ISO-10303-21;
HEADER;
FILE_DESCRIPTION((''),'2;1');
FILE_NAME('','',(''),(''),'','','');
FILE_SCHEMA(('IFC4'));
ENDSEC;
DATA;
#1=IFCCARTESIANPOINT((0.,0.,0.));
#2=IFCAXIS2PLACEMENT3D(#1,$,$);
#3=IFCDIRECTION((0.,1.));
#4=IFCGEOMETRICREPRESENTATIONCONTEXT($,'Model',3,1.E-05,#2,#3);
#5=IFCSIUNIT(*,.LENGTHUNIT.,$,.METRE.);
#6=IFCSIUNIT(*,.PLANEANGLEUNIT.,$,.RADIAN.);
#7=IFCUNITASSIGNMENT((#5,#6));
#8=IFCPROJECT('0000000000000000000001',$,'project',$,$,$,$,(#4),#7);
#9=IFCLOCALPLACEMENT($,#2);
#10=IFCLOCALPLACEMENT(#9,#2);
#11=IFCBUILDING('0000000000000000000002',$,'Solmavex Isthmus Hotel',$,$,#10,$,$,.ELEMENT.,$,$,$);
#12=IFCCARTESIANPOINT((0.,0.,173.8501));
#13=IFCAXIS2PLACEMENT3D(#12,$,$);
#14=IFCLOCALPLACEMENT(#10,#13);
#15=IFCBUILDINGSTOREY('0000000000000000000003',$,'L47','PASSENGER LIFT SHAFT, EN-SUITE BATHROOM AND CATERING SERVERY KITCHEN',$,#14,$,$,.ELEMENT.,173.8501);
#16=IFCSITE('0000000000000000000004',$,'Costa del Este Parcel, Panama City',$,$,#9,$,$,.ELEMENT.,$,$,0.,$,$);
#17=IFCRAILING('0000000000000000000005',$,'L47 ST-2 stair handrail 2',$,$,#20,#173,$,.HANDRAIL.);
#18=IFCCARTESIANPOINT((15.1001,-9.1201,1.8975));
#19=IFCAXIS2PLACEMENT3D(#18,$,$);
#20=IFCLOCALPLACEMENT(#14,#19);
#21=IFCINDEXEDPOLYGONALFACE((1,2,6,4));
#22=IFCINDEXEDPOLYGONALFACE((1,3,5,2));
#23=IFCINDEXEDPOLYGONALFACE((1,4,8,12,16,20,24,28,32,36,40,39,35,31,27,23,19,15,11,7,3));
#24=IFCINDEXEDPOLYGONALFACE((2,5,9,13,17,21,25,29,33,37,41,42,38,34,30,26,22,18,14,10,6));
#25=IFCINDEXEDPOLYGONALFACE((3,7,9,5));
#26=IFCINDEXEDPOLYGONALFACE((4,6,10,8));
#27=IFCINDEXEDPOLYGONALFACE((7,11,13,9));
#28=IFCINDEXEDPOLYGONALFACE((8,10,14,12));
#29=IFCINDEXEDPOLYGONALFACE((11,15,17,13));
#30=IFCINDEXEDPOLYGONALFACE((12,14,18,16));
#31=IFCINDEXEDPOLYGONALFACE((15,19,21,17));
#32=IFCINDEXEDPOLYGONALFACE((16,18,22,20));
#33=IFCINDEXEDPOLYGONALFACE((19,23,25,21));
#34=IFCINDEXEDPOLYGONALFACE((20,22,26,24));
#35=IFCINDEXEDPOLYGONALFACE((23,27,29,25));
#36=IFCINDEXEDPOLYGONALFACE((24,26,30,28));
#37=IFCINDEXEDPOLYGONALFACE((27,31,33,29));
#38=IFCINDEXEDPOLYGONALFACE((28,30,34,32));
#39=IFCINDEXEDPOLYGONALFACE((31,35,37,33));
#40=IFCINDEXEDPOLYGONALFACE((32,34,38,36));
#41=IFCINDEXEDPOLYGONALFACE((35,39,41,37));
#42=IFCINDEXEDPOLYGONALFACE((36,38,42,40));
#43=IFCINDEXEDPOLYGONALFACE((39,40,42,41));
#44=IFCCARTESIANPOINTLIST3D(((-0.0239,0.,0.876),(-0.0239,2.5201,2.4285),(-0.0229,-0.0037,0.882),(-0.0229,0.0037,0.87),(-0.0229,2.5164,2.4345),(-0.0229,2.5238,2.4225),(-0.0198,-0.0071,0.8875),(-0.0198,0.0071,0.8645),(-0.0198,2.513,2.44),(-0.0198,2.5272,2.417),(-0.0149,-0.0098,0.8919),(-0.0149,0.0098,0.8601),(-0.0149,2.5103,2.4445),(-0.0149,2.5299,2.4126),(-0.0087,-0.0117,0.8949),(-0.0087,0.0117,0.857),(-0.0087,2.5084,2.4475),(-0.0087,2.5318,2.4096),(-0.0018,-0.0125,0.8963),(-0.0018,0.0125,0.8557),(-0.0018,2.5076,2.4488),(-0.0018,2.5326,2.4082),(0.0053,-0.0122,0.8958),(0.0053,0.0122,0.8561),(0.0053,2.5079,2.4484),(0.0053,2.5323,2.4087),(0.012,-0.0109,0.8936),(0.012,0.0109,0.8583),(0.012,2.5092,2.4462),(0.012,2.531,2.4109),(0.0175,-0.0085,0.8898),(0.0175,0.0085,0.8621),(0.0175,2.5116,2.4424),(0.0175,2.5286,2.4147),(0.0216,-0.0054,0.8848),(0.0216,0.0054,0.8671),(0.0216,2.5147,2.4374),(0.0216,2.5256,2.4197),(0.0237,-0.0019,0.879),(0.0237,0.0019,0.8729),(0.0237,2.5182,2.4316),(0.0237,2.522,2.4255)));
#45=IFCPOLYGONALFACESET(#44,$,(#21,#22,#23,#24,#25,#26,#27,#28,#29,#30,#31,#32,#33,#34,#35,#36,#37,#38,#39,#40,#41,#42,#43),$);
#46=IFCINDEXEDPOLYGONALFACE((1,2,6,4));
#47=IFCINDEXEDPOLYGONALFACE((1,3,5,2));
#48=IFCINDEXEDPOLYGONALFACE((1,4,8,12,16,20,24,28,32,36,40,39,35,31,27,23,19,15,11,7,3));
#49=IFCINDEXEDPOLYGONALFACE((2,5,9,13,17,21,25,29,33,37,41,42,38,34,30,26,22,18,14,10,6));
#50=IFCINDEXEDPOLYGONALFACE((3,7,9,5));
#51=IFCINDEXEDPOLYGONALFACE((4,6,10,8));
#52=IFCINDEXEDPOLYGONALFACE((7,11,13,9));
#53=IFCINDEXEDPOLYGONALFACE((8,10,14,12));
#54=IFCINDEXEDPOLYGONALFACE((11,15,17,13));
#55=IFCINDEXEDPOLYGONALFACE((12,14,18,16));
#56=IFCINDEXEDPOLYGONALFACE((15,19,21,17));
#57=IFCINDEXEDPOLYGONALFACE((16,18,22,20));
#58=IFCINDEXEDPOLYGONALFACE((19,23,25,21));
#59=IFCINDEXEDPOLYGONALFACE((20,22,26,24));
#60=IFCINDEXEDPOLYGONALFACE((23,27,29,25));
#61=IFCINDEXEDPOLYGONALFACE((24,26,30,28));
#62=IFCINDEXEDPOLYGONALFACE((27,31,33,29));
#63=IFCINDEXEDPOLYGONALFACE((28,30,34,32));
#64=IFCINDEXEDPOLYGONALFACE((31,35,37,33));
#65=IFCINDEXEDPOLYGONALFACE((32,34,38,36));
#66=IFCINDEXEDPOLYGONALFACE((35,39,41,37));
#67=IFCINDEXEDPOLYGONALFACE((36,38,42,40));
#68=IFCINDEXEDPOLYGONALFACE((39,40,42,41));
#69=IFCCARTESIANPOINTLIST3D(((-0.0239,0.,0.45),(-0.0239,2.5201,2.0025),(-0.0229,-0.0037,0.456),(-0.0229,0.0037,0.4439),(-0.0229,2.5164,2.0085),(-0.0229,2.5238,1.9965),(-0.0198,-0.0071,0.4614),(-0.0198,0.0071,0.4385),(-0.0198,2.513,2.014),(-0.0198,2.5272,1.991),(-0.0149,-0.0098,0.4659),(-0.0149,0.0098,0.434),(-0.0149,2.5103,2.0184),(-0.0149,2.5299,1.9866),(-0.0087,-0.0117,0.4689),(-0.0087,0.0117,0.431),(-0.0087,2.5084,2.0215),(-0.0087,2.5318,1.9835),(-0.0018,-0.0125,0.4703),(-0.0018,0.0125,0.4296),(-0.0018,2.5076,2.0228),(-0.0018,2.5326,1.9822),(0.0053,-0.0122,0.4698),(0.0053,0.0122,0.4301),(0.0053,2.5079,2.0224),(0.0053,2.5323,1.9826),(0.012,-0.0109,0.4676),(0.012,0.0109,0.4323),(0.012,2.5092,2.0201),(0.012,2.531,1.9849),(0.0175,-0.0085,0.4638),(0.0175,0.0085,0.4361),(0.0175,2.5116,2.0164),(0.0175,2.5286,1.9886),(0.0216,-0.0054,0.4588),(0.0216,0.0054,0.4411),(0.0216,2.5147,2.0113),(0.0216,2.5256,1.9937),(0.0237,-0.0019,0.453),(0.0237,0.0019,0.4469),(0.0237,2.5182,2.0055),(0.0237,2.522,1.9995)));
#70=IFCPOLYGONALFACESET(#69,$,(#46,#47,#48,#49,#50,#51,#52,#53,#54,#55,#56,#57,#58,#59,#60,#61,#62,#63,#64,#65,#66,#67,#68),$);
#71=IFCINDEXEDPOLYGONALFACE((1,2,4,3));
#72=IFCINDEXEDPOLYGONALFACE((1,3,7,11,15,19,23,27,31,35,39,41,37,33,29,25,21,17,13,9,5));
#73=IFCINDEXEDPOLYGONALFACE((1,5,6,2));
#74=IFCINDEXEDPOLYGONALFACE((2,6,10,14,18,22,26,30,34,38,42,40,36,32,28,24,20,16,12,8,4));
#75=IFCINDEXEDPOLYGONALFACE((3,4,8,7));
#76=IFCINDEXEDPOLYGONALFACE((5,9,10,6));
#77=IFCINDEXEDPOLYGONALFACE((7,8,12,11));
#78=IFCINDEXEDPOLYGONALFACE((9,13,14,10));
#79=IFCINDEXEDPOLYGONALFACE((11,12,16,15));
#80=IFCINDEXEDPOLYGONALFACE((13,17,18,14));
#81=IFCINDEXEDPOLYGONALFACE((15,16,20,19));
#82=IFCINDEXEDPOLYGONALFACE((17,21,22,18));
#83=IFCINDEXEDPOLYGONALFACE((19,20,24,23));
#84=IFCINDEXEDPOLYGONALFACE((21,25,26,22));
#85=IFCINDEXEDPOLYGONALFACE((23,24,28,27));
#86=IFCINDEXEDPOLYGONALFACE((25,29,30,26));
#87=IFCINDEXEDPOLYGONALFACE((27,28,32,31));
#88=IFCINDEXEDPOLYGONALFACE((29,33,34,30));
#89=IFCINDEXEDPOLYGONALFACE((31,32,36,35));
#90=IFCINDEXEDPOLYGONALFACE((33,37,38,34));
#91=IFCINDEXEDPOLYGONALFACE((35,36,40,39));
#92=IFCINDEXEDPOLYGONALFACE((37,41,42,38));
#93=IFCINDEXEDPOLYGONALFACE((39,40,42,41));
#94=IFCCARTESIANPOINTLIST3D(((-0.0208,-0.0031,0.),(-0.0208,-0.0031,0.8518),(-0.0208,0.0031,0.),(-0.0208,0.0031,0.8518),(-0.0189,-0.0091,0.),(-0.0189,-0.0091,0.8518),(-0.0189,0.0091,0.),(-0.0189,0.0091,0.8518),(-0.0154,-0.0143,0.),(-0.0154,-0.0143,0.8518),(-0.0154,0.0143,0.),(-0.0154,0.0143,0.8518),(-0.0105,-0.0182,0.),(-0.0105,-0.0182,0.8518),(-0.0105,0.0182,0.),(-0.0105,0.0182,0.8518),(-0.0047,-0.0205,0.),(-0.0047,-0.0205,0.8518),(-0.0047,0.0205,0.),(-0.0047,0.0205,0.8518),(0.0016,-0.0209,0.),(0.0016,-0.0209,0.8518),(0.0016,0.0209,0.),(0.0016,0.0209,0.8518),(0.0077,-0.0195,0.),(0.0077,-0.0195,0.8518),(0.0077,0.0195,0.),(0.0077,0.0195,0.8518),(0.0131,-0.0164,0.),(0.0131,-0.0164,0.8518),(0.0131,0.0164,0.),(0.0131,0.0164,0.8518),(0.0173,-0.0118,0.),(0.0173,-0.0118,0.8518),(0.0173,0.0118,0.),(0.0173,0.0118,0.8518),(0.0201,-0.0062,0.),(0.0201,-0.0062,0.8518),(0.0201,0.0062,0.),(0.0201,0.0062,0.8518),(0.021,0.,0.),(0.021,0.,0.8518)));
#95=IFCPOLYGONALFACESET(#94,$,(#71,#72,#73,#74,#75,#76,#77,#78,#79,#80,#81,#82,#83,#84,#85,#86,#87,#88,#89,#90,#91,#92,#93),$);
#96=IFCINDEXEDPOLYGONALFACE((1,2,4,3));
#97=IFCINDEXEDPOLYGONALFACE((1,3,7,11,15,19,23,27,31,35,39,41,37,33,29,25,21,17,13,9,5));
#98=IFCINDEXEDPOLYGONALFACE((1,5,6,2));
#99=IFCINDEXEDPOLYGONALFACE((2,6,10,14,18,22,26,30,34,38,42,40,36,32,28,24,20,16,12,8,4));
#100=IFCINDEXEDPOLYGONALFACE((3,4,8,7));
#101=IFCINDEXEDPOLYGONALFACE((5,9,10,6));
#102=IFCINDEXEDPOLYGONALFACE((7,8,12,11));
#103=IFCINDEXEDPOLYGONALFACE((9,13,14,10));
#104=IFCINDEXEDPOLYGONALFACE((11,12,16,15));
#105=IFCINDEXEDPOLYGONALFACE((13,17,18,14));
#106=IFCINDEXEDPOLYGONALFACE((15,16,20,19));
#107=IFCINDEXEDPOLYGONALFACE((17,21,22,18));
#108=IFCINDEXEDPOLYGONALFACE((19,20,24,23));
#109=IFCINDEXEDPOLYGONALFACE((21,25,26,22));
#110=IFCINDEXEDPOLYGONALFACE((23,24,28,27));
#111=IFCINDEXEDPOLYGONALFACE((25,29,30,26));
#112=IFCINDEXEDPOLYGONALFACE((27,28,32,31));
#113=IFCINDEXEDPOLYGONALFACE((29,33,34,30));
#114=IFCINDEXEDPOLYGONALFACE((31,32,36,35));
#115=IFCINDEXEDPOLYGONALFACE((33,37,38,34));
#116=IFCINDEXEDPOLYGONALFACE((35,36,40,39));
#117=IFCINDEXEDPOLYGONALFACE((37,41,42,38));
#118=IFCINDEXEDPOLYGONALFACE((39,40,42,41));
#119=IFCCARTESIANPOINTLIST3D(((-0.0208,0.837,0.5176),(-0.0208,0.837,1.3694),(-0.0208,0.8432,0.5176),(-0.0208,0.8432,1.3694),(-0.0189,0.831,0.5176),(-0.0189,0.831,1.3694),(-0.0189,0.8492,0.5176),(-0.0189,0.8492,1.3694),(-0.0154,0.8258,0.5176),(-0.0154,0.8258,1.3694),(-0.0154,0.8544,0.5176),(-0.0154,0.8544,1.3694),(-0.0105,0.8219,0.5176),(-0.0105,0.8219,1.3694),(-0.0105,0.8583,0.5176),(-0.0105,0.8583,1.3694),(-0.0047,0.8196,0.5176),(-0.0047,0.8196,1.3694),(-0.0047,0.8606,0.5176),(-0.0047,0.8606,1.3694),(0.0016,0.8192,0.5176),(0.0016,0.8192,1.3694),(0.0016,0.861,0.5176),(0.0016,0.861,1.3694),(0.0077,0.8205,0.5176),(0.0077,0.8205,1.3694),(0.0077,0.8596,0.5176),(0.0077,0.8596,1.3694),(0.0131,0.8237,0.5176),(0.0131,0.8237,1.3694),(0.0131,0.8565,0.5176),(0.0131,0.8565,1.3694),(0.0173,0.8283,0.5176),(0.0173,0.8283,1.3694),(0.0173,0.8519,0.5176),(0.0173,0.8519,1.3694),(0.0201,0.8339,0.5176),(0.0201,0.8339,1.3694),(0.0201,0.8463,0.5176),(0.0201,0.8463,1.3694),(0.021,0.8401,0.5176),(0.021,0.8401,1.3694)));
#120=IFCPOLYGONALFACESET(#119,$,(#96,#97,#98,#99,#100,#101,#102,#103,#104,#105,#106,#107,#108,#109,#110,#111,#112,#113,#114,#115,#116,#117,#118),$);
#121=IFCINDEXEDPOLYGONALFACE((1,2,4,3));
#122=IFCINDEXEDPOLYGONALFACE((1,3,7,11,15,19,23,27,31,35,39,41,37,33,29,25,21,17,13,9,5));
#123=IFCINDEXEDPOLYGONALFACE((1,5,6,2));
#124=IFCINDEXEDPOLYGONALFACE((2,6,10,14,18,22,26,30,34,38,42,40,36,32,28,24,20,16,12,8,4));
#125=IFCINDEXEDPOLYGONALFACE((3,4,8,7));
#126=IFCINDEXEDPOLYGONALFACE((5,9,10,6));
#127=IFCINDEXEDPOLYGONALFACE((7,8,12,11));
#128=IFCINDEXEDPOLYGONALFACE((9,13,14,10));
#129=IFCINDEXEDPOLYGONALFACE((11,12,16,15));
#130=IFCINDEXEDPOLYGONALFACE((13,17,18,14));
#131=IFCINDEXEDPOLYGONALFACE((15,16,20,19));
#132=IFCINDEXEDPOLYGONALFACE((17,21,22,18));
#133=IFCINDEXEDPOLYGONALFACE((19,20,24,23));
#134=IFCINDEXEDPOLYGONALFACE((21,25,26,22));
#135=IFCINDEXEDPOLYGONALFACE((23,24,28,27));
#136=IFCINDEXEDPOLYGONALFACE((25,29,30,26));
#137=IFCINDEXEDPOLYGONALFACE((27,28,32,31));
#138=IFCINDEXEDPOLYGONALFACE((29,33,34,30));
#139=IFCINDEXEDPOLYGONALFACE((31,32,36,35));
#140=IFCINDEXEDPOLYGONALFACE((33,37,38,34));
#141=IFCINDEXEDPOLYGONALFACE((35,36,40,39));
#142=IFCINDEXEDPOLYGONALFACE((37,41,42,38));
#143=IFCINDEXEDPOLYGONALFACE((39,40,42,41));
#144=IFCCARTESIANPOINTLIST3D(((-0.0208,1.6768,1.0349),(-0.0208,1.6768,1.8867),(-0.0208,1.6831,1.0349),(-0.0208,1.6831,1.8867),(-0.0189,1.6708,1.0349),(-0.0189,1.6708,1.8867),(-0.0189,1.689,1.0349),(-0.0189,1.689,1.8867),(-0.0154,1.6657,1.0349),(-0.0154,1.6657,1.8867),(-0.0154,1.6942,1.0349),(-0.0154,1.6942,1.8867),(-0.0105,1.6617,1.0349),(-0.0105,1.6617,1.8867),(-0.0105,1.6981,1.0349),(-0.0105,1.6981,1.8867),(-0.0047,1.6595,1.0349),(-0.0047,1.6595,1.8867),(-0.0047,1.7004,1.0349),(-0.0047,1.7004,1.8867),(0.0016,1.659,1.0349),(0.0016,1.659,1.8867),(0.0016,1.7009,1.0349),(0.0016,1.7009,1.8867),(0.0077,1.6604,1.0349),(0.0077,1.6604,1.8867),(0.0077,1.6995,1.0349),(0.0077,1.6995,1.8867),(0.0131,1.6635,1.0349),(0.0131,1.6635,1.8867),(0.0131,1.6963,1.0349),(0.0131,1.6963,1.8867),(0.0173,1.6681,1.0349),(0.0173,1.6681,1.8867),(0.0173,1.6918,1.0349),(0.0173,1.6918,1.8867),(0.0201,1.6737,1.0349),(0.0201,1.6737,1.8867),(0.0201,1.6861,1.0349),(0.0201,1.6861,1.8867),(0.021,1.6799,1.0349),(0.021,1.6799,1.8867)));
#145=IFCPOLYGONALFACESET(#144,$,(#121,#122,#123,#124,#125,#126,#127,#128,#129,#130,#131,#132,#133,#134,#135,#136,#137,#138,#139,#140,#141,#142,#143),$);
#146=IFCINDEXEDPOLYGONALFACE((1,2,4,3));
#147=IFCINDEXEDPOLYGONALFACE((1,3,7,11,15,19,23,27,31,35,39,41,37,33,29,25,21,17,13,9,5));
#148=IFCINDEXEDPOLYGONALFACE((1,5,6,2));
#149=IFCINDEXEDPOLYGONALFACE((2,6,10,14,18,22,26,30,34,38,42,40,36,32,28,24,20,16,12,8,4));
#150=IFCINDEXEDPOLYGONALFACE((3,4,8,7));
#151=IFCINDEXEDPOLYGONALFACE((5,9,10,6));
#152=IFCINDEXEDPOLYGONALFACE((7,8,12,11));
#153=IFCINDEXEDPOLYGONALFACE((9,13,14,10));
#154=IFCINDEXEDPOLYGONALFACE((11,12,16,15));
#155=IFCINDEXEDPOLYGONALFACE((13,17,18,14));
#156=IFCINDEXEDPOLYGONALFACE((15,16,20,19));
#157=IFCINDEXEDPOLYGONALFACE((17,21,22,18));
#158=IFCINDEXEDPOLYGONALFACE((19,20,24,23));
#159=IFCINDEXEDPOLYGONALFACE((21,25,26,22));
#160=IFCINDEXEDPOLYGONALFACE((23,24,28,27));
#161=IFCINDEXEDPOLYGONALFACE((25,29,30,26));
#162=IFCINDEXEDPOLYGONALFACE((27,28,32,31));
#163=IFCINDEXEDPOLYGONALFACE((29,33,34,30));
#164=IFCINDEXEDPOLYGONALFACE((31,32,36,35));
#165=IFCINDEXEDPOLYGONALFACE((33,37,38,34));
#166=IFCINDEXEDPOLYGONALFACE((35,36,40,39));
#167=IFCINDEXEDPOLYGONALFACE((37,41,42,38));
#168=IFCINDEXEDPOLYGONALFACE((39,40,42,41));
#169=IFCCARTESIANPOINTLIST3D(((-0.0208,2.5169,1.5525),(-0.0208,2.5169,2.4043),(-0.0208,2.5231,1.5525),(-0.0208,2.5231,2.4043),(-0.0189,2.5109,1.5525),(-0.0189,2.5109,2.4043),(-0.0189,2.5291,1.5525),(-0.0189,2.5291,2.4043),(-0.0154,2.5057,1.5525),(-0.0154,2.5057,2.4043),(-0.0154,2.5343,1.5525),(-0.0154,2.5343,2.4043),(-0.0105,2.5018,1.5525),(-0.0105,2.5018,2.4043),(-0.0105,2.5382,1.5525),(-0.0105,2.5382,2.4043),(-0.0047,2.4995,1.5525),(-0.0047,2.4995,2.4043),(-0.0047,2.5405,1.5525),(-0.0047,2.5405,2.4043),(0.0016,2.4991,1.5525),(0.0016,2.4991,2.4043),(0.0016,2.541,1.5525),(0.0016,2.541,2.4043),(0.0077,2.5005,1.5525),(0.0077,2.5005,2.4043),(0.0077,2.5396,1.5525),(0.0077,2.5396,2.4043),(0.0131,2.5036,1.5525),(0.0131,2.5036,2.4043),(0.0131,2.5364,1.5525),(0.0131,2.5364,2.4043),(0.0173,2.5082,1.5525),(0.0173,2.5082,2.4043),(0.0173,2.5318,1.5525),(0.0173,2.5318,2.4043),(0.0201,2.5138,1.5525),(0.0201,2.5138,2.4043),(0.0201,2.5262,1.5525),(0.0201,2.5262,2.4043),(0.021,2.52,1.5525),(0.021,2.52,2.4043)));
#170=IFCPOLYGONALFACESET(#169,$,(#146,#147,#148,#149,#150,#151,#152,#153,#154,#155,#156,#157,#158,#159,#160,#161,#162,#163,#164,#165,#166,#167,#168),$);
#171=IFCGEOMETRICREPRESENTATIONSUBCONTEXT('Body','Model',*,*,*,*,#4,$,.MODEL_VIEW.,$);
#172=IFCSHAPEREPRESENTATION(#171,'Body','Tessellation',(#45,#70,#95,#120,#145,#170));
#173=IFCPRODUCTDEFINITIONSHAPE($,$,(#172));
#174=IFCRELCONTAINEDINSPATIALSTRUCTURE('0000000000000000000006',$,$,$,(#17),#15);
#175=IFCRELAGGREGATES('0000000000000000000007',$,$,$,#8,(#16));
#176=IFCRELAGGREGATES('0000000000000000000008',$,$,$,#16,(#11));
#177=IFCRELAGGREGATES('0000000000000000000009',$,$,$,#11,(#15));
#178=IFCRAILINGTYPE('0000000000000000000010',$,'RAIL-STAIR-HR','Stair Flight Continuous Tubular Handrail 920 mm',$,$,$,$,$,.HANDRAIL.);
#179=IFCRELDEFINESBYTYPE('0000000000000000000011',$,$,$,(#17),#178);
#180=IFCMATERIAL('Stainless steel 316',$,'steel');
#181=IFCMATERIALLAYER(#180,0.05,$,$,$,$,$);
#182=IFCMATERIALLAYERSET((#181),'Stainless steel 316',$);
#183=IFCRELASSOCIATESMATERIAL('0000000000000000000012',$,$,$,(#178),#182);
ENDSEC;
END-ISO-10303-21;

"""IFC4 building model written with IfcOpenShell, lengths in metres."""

from ifc_helpers import new_model, si_unit, direction, frame, origin, origin_2d, place, context, subcontext, project, spatial, circle, extrude, material, layer, layer_set, type_object, element, save


model = new_model("IFC4")

# Units and contexts
model_context = context("Model", 3, precision=1e-05, world=origin(), true_north=direction((0.0, 1.0)))
body_context = subcontext(model_context, "Body", "Model", "MODEL_VIEW")
ifc_project = project(units=[si_unit("LENGTHUNIT", "METRE"), si_unit("PLANEANGLEUNIT", "RADIAN")], contexts=[model_context])

# Site, building, storey
site_placement = place(None, origin())
site = spatial("IfcSite", under=ifc_project, at=site_placement, Name="Costa del Este Parcel, Panama City", CompositionType="ELEMENT", RefElevation=0.0)
building_placement = place(site_placement, origin())
building = spatial("IfcBuilding", under=site, at=building_placement, Name="Solmavex Isthmus Hotel", CompositionType="ELEMENT")
storey_placement = place(building_placement, frame((0.0, 0.0, 173.8501)))
storey = spatial("IfcBuildingStorey", under=building, at=storey_placement, Name="L47", Description="PASSENGER LIFT SHAFT, EN-SUITE BATHROOM AND CATERING SERVERY KITCHEN", CompositionType="ELEMENT", Elevation=173.8501)

# Railing
ifc_material_1 = material(Name="Stainless steel 316", Category="steel")
ifc_layer_1 = layer(ifc_material_1, 0.05)
ifc_layer_set_1 = layer_set([ifc_layer_1], Name="Stainless steel 316")
railing_type = type_object("IfcRailingType", Name="RAIL-STAIR-HR", Description="Stair Flight Continuous Tubular Handrail 920 mm", PredefinedType="HANDRAIL", material=ifc_layer_set_1)
railing_placement = place(storey_placement, frame((15.1001, -9.1201, 1.8975)))
element("IfcRailing", 1, at=railing_placement, inside=storey, type_object=railing_type, Name="L47 ST-2 stair handrail 2", PredefinedType="HANDRAIL", context=body_context, shape_type="SweptSolid", body=[
    extrude(circle(Radius=0.0239, at=origin_2d()), frame((0.0, 0.0, 0.876), z_axis=(0.0, 0.8514, 0.524516), x_axis=(-1.0, 0.0, 0.0)), (0.0, 0.0, 1.0), 2.96),
    extrude(circle(Radius=0.0239, at=origin_2d()), frame((0.0, 0.0, 0.45), z_axis=(0.0, 0.8514, 0.524516), x_axis=(-1.0, 0.0, 0.0)), (0.0, 0.0, 1.0), 2.96),
    extrude(circle(Radius=0.021, at=origin_2d()), origin(), (0.0, 0.0, 1.0), 0.8518),
    extrude(circle(Radius=0.021, at=origin_2d()), frame((0.0, 0.8401, 0.5176)), (0.0, 0.0, 1.0), 0.8518),
    extrude(circle(Radius=0.021, at=origin_2d()), frame((0.0, 1.6799, 1.0349)), (0.0, 0.0, 1.0), 0.8518),
    extrude(circle(Radius=0.021, at=origin_2d()), frame((0.0, 2.52, 1.5525)), (0.0, 0.0, 1.0), 0.8518),
])

save(model, "model.ifc")
